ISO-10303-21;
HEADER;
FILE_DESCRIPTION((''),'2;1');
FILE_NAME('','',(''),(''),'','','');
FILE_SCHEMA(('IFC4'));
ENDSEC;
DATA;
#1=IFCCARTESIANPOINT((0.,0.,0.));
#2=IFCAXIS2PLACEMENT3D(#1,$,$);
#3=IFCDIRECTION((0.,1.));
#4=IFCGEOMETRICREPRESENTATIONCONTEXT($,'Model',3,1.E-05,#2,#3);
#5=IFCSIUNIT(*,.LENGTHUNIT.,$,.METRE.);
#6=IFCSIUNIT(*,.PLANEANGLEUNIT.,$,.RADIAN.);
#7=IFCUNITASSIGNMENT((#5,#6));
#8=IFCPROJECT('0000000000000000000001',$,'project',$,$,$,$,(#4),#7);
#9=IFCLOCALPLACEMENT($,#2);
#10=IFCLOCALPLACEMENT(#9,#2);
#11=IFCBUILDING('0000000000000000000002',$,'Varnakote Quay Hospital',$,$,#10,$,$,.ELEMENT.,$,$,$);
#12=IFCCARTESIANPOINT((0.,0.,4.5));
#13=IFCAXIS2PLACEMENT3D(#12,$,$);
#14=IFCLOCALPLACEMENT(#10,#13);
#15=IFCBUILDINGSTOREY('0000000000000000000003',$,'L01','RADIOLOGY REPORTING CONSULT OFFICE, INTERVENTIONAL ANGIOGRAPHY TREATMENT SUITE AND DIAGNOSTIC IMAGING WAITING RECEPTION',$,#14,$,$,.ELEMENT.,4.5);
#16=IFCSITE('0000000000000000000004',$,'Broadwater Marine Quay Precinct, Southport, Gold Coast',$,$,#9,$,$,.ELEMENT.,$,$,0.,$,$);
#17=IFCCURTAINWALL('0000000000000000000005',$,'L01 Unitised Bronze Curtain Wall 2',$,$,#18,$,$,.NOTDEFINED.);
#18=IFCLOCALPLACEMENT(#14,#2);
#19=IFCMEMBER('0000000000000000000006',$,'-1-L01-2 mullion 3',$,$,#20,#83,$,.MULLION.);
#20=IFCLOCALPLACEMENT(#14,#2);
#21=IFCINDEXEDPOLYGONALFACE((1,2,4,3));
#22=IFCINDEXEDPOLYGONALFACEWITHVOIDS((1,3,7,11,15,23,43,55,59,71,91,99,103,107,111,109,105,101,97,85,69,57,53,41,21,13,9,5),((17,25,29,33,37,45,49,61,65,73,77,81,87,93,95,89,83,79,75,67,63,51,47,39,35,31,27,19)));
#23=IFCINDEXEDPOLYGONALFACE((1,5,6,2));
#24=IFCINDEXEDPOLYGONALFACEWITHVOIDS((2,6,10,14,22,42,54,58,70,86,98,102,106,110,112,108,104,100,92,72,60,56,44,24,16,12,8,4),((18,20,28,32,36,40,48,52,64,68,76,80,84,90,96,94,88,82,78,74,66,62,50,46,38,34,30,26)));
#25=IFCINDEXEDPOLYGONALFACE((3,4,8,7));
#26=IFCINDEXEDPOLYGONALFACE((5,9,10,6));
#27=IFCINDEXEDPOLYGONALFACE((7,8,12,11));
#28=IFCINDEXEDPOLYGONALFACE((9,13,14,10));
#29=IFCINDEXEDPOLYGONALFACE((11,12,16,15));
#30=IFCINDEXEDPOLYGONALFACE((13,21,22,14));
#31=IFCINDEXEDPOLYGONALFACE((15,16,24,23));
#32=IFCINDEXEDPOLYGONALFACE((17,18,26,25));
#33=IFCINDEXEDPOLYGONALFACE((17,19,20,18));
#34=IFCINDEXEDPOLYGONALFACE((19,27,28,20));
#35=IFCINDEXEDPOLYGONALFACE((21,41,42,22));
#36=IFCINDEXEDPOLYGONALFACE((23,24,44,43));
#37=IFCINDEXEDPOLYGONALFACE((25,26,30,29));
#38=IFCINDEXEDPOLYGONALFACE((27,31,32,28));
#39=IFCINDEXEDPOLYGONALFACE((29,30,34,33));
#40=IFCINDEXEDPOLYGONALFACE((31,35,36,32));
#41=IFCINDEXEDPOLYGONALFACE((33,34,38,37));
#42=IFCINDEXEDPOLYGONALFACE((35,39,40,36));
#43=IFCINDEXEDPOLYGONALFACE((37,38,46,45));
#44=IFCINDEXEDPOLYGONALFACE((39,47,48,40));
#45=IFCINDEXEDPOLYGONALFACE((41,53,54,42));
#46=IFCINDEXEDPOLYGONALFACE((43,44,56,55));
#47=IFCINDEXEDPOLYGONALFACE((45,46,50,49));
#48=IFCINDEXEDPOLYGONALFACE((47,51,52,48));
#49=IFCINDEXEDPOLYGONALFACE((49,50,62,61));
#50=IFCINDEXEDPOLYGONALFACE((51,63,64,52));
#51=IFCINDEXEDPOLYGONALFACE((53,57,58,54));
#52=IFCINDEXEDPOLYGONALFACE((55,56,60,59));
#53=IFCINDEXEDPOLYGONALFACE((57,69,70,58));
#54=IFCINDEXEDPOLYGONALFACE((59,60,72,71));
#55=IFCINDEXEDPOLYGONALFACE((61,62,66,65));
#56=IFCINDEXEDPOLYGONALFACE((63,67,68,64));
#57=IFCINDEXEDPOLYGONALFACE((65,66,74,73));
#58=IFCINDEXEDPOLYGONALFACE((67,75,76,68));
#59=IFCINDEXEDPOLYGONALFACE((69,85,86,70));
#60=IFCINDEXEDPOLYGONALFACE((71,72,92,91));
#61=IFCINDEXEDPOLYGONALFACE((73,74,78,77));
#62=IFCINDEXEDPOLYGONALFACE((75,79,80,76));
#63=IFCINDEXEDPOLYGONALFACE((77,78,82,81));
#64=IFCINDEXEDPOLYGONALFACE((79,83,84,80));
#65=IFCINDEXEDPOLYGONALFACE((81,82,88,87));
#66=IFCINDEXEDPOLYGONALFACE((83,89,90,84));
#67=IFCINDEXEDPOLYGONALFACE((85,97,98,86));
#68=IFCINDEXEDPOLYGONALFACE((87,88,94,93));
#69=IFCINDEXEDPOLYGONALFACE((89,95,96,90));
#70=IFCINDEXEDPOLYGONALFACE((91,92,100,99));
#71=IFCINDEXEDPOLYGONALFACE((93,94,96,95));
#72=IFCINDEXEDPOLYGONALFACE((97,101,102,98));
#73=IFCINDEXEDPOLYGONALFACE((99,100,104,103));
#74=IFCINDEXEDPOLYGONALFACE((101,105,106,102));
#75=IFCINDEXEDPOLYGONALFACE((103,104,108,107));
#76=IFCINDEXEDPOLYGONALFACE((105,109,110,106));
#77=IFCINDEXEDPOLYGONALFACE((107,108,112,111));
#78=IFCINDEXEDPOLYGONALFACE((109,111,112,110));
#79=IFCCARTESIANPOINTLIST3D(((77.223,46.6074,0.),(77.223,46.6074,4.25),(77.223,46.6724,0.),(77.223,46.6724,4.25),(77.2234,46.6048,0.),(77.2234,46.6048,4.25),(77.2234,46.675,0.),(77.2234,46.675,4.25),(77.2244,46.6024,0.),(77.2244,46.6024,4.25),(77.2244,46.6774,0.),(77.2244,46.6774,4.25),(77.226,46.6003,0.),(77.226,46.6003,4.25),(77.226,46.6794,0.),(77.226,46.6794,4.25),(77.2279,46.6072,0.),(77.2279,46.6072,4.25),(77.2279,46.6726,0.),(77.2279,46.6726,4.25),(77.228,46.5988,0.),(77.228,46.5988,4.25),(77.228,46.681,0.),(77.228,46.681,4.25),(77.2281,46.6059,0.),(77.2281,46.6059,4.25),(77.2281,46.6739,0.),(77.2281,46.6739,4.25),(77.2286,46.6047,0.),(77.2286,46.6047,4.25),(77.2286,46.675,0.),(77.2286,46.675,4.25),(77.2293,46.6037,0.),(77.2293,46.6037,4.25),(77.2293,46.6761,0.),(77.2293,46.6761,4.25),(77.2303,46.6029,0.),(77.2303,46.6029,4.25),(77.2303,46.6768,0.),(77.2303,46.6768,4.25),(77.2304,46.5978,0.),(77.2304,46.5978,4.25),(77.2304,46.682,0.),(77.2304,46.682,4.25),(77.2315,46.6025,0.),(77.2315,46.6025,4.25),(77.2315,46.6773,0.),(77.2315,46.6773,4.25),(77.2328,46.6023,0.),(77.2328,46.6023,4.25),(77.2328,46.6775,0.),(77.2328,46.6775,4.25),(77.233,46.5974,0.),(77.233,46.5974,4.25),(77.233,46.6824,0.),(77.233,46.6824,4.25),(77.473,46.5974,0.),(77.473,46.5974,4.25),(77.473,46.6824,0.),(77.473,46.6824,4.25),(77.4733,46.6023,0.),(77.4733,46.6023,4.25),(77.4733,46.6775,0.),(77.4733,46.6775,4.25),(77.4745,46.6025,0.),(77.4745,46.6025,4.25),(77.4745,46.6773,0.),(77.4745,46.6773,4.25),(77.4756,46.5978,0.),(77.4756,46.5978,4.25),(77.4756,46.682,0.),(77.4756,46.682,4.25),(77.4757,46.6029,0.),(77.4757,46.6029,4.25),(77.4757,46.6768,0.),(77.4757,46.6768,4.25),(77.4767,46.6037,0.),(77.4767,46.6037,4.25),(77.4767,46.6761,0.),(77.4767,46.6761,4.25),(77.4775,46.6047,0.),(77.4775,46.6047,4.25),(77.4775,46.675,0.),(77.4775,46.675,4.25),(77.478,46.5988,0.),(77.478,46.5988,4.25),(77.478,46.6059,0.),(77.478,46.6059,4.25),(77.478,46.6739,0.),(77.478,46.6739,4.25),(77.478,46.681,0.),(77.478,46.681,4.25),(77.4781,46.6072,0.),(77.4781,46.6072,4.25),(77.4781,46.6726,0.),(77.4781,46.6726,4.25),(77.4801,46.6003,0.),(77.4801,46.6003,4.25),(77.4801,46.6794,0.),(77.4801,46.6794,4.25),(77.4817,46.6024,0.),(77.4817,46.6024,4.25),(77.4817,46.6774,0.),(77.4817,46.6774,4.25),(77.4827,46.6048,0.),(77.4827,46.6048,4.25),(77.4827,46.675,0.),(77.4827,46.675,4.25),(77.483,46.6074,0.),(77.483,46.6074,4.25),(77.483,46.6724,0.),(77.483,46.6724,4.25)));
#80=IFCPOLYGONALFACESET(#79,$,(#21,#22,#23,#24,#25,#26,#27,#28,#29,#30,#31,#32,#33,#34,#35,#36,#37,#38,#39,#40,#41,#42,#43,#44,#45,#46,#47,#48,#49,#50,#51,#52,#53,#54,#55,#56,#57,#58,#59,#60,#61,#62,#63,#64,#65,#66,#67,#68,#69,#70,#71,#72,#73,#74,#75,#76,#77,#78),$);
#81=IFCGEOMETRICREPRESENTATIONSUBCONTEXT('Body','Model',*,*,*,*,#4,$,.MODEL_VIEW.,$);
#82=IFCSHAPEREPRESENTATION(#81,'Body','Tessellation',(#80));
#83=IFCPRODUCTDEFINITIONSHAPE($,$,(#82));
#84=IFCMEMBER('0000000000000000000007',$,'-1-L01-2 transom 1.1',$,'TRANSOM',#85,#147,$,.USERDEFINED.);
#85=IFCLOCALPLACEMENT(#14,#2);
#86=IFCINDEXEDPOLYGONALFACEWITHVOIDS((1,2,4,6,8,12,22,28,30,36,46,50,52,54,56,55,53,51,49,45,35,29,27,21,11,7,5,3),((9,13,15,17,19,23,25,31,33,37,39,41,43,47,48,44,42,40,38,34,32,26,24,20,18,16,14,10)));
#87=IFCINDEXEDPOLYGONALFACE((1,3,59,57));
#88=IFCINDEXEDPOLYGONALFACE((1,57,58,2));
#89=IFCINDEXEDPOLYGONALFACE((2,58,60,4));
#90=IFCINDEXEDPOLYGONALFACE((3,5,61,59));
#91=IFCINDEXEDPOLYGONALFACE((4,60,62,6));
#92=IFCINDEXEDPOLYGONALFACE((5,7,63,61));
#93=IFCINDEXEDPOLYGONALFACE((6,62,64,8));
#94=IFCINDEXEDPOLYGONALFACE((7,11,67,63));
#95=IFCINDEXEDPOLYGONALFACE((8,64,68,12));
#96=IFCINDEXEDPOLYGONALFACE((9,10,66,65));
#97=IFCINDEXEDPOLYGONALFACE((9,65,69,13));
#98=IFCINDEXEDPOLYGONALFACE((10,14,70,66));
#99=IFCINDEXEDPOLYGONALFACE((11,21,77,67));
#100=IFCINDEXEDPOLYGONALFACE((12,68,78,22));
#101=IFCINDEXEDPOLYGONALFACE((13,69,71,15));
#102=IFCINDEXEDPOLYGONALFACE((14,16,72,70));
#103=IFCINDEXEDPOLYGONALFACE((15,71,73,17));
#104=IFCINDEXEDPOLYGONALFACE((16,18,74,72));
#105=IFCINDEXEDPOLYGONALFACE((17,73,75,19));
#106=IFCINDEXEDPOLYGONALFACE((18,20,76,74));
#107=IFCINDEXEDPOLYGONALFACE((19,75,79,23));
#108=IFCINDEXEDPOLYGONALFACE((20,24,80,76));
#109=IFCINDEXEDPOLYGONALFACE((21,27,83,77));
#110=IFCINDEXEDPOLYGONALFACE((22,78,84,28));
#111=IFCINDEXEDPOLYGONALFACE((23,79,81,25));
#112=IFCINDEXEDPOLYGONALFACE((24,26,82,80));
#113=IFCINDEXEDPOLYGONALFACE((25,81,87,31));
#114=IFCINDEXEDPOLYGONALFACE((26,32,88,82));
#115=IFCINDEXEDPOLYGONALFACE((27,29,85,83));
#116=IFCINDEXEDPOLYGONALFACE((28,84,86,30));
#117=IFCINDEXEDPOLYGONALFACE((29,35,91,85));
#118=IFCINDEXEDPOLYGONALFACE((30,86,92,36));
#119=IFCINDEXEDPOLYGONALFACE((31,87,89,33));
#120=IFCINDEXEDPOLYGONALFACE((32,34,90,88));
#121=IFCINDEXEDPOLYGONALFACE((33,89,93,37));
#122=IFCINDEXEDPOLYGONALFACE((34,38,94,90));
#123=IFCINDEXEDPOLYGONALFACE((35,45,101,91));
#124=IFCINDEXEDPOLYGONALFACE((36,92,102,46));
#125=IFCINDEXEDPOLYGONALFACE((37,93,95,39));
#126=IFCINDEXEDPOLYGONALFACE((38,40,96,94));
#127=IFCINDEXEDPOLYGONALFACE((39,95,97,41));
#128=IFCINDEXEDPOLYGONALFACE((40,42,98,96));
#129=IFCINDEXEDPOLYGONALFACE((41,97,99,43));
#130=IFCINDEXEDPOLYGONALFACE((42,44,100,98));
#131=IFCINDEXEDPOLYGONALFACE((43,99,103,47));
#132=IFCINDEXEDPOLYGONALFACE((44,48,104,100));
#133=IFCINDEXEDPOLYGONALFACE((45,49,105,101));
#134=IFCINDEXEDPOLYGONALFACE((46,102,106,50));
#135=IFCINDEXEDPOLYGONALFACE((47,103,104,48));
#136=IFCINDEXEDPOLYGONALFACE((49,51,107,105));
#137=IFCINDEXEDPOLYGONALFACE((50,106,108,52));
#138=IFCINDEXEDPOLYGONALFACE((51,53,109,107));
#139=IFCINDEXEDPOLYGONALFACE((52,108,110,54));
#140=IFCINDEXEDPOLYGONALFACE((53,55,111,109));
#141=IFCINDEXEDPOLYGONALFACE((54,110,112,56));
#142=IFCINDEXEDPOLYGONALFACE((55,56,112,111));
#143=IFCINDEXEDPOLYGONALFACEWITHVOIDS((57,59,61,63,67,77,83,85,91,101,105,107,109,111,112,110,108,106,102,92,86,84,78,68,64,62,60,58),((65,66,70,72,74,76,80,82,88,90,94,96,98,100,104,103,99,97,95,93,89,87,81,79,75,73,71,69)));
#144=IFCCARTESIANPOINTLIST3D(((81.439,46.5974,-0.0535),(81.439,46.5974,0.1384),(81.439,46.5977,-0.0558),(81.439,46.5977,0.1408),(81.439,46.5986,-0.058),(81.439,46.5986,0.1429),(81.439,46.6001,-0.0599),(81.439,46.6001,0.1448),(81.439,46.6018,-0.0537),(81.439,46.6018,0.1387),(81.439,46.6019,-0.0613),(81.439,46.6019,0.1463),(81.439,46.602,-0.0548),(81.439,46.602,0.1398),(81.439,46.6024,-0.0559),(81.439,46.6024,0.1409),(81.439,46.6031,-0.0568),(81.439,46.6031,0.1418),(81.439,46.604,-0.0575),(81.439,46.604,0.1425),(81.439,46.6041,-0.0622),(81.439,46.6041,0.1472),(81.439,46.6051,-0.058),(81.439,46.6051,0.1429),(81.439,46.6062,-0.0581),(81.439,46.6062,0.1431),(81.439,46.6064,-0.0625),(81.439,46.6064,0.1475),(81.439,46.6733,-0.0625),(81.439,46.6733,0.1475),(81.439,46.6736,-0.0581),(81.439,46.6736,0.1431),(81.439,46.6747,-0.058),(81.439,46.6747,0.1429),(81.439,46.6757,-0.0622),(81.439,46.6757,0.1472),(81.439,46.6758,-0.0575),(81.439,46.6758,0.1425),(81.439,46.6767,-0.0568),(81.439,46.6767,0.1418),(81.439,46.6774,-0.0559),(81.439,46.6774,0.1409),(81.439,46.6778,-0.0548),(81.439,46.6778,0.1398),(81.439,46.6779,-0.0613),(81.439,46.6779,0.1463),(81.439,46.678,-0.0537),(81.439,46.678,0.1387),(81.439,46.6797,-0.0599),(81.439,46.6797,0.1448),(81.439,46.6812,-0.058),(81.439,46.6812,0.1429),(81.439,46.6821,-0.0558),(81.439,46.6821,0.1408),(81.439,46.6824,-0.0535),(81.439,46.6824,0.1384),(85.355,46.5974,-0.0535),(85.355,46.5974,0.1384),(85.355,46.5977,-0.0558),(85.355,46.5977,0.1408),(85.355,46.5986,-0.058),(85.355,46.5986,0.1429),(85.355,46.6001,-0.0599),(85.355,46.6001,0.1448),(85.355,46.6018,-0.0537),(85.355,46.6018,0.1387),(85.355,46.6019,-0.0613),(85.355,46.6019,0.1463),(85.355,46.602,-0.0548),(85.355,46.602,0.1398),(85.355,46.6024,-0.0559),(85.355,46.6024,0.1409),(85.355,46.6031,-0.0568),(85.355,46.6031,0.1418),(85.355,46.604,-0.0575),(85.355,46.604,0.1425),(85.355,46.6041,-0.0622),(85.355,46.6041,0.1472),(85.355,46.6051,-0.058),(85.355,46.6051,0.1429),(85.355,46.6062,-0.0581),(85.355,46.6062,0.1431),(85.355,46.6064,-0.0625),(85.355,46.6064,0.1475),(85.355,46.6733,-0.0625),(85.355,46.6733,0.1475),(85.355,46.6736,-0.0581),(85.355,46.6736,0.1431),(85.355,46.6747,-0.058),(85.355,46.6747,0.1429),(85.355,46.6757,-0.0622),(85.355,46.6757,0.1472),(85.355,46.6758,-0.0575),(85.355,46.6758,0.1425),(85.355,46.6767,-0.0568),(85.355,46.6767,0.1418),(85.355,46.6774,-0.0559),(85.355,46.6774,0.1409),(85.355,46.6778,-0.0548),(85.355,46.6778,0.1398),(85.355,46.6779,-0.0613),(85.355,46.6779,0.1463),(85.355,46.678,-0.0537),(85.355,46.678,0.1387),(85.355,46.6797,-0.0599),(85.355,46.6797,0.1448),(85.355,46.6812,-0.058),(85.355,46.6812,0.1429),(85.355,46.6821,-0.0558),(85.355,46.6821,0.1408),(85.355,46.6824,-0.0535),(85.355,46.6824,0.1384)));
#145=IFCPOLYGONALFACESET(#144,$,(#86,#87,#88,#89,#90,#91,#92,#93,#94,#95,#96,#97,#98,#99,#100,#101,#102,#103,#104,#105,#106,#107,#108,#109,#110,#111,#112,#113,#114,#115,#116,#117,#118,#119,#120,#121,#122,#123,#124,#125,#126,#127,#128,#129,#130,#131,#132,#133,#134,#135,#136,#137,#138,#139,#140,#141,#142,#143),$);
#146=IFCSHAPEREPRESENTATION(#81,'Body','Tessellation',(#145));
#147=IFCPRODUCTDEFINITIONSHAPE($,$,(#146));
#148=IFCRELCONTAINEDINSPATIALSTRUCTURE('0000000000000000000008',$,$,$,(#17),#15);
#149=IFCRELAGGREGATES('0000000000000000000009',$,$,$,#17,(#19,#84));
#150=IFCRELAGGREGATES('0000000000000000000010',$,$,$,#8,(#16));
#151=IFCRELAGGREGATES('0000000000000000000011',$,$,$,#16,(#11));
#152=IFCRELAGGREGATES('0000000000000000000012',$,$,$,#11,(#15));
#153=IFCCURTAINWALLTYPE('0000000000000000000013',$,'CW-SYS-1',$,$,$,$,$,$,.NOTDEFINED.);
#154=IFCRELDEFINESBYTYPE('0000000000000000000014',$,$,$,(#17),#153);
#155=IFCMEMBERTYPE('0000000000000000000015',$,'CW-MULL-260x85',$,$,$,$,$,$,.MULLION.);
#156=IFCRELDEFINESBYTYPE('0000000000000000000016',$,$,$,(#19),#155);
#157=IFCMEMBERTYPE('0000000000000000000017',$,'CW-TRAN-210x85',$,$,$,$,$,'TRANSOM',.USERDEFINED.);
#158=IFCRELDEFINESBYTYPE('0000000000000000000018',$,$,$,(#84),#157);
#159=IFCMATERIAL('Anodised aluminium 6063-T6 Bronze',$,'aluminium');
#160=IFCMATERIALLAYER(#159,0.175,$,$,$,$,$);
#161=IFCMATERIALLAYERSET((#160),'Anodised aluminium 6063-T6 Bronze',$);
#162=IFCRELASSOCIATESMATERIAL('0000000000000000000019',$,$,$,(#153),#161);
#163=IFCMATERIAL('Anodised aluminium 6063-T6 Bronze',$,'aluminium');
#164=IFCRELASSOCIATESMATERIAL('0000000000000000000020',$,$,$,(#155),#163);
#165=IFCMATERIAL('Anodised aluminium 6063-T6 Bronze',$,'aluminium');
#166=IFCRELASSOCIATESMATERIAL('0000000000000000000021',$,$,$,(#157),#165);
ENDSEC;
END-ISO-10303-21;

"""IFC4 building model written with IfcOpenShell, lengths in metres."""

from ifc_helpers import new_model, si_unit, direction, frame, origin, origin_2d, place, context, subcontext, project, spatial, hollow_rectangle, extrude, material, layer, layer_set, material_profile, profile_set, type_object, element, aggregate, save


model = new_model("IFC4")

# Units and contexts
model_context = context("Model", 3, precision=1e-05, world=origin(), true_north=direction((0.0, 1.0)))
body_context = subcontext(model_context, "Body", "Model", "MODEL_VIEW")
ifc_project = project(units=[si_unit("LENGTHUNIT", "METRE"), si_unit("PLANEANGLEUNIT", "RADIAN")], contexts=[model_context])

# Site, building, storey
site_placement = place(None, origin())
site = spatial("IfcSite", under=ifc_project, at=site_placement, Name="Broadwater Marine Quay Precinct, Southport, Gold Coast", CompositionType="ELEMENT", RefElevation=0.0)
building_placement = place(site_placement, origin())
building = spatial("IfcBuilding", under=site, at=building_placement, Name="Varnakote Quay Hospital", CompositionType="ELEMENT")
storey_placement = place(building_placement, frame((0.0, 0.0, 4.5)))
storey = spatial("IfcBuildingStorey", under=building, at=storey_placement, Name="L01", Description="RADIOLOGY REPORTING CONSULT OFFICE, INTERVENTIONAL ANGIOGRAPHY TREATMENT SUITE AND DIAGNOSTIC IMAGING WAITING RECEPTION", CompositionType="ELEMENT", Elevation=4.5)

# Shared definitions
ifc_material_1 = material(Name="Anodised aluminium 6063-T6 Bronze", Category="aluminium")
ifc_layer_1 = layer(ifc_material_1, 0.175)
ifc_layer_set_1 = layer_set([ifc_layer_1], Name="Anodised aluminium 6063-T6 Bronze")
curtain_wall_type = type_object("IfcCurtainWallType", Name="CW-SYS-1", PredefinedType="NOTDEFINED", material=ifc_layer_set_1)
ifc_material_2 = material(Name="Anodised aluminium 6063-T6 Bronze", Category="aluminium")
ifc_material_profile_1 = material_profile(ifc_material_2, hollow_rectangle(XDim=0.085, YDim=0.26, WallThickness=0.0049, InnerFilletRadius=0.0049, OuterFilletRadius=0.01, at=origin_2d()), Name="CW-MULL-260x85")
ifc_profile_set_1 = profile_set([ifc_material_profile_1], Name="Anodised aluminium 6063-T6 Bronze")
member_type_1 = type_object("IfcMemberType", Name="CW-MULL-260x85", PredefinedType="MULLION", material=ifc_profile_set_1)

# Curtain wall, members
curtain_wall_1_placement = place(storey_placement, origin())
curtain_wall_1 = element("IfcCurtainWall", 1, at=curtain_wall_1_placement, inside=storey, type_object=curtain_wall_type, Name="L01 Unitised Bronze Curtain Wall 2", PredefinedType="NOTDEFINED")
member_1_placement = place(storey_placement, frame((77.353, 46.6399, 0.0), z_axis=(0.0, 0.0, 1.0), x_axis=(0.0, -1.0, 0.0)))
member_1 = element("IfcMember", 2, at=member_1_placement, type_object=member_type_1, Name="-1-L01-2 mullion 3", PredefinedType="MULLION", context=body_context, shape_type="SweptSolid", body=[
    extrude(hollow_rectangle(XDim=0.085, YDim=0.26, WallThickness=0.0049, InnerFilletRadius=0.0049, OuterFilletRadius=0.01, at=origin_2d()), origin(), (0.0, 0.0, 1.0), 4.25),
])
ifc_material_3 = material(Name="Anodised aluminium 6063-T6 Bronze", Category="aluminium")
ifc_material_profile_2 = material_profile(ifc_material_3, hollow_rectangle(XDim=0.085, YDim=0.21, WallThickness=0.0044, InnerFilletRadius=0.0044, OuterFilletRadius=0.009, at=origin_2d()), Name="CW-TRAN-210x85")
ifc_profile_set_2 = profile_set([ifc_material_profile_2], Name="Anodised aluminium 6063-T6 Bronze")
member_type_2 = type_object("IfcMemberType", Name="CW-TRAN-210x85", ElementType="TRANSOM", PredefinedType="USERDEFINED", material=ifc_profile_set_2)
member_2_placement = place(storey_placement, frame((85.355, 46.6399, 0.0425), z_axis=(-1.0, 0.0, 0.0), x_axis=(0.0, -1.0, 0.0)))
member_2 = element("IfcMember", 3, at=member_2_placement, type_object=member_type_2, Name="-1-L01-2 transom 1.1", ObjectType="TRANSOM", PredefinedType="USERDEFINED", context=body_context, shape_type="SweptSolid", body=[
    extrude(hollow_rectangle(XDim=0.085, YDim=0.21, WallThickness=0.0044, InnerFilletRadius=0.0044, OuterFilletRadius=0.009, at=origin_2d()), origin(), (0.0, 0.0, 1.0), 3.916),
])

aggregate(curtain_wall_1, [member_1, member_2])

save(model, "model.ifc")
